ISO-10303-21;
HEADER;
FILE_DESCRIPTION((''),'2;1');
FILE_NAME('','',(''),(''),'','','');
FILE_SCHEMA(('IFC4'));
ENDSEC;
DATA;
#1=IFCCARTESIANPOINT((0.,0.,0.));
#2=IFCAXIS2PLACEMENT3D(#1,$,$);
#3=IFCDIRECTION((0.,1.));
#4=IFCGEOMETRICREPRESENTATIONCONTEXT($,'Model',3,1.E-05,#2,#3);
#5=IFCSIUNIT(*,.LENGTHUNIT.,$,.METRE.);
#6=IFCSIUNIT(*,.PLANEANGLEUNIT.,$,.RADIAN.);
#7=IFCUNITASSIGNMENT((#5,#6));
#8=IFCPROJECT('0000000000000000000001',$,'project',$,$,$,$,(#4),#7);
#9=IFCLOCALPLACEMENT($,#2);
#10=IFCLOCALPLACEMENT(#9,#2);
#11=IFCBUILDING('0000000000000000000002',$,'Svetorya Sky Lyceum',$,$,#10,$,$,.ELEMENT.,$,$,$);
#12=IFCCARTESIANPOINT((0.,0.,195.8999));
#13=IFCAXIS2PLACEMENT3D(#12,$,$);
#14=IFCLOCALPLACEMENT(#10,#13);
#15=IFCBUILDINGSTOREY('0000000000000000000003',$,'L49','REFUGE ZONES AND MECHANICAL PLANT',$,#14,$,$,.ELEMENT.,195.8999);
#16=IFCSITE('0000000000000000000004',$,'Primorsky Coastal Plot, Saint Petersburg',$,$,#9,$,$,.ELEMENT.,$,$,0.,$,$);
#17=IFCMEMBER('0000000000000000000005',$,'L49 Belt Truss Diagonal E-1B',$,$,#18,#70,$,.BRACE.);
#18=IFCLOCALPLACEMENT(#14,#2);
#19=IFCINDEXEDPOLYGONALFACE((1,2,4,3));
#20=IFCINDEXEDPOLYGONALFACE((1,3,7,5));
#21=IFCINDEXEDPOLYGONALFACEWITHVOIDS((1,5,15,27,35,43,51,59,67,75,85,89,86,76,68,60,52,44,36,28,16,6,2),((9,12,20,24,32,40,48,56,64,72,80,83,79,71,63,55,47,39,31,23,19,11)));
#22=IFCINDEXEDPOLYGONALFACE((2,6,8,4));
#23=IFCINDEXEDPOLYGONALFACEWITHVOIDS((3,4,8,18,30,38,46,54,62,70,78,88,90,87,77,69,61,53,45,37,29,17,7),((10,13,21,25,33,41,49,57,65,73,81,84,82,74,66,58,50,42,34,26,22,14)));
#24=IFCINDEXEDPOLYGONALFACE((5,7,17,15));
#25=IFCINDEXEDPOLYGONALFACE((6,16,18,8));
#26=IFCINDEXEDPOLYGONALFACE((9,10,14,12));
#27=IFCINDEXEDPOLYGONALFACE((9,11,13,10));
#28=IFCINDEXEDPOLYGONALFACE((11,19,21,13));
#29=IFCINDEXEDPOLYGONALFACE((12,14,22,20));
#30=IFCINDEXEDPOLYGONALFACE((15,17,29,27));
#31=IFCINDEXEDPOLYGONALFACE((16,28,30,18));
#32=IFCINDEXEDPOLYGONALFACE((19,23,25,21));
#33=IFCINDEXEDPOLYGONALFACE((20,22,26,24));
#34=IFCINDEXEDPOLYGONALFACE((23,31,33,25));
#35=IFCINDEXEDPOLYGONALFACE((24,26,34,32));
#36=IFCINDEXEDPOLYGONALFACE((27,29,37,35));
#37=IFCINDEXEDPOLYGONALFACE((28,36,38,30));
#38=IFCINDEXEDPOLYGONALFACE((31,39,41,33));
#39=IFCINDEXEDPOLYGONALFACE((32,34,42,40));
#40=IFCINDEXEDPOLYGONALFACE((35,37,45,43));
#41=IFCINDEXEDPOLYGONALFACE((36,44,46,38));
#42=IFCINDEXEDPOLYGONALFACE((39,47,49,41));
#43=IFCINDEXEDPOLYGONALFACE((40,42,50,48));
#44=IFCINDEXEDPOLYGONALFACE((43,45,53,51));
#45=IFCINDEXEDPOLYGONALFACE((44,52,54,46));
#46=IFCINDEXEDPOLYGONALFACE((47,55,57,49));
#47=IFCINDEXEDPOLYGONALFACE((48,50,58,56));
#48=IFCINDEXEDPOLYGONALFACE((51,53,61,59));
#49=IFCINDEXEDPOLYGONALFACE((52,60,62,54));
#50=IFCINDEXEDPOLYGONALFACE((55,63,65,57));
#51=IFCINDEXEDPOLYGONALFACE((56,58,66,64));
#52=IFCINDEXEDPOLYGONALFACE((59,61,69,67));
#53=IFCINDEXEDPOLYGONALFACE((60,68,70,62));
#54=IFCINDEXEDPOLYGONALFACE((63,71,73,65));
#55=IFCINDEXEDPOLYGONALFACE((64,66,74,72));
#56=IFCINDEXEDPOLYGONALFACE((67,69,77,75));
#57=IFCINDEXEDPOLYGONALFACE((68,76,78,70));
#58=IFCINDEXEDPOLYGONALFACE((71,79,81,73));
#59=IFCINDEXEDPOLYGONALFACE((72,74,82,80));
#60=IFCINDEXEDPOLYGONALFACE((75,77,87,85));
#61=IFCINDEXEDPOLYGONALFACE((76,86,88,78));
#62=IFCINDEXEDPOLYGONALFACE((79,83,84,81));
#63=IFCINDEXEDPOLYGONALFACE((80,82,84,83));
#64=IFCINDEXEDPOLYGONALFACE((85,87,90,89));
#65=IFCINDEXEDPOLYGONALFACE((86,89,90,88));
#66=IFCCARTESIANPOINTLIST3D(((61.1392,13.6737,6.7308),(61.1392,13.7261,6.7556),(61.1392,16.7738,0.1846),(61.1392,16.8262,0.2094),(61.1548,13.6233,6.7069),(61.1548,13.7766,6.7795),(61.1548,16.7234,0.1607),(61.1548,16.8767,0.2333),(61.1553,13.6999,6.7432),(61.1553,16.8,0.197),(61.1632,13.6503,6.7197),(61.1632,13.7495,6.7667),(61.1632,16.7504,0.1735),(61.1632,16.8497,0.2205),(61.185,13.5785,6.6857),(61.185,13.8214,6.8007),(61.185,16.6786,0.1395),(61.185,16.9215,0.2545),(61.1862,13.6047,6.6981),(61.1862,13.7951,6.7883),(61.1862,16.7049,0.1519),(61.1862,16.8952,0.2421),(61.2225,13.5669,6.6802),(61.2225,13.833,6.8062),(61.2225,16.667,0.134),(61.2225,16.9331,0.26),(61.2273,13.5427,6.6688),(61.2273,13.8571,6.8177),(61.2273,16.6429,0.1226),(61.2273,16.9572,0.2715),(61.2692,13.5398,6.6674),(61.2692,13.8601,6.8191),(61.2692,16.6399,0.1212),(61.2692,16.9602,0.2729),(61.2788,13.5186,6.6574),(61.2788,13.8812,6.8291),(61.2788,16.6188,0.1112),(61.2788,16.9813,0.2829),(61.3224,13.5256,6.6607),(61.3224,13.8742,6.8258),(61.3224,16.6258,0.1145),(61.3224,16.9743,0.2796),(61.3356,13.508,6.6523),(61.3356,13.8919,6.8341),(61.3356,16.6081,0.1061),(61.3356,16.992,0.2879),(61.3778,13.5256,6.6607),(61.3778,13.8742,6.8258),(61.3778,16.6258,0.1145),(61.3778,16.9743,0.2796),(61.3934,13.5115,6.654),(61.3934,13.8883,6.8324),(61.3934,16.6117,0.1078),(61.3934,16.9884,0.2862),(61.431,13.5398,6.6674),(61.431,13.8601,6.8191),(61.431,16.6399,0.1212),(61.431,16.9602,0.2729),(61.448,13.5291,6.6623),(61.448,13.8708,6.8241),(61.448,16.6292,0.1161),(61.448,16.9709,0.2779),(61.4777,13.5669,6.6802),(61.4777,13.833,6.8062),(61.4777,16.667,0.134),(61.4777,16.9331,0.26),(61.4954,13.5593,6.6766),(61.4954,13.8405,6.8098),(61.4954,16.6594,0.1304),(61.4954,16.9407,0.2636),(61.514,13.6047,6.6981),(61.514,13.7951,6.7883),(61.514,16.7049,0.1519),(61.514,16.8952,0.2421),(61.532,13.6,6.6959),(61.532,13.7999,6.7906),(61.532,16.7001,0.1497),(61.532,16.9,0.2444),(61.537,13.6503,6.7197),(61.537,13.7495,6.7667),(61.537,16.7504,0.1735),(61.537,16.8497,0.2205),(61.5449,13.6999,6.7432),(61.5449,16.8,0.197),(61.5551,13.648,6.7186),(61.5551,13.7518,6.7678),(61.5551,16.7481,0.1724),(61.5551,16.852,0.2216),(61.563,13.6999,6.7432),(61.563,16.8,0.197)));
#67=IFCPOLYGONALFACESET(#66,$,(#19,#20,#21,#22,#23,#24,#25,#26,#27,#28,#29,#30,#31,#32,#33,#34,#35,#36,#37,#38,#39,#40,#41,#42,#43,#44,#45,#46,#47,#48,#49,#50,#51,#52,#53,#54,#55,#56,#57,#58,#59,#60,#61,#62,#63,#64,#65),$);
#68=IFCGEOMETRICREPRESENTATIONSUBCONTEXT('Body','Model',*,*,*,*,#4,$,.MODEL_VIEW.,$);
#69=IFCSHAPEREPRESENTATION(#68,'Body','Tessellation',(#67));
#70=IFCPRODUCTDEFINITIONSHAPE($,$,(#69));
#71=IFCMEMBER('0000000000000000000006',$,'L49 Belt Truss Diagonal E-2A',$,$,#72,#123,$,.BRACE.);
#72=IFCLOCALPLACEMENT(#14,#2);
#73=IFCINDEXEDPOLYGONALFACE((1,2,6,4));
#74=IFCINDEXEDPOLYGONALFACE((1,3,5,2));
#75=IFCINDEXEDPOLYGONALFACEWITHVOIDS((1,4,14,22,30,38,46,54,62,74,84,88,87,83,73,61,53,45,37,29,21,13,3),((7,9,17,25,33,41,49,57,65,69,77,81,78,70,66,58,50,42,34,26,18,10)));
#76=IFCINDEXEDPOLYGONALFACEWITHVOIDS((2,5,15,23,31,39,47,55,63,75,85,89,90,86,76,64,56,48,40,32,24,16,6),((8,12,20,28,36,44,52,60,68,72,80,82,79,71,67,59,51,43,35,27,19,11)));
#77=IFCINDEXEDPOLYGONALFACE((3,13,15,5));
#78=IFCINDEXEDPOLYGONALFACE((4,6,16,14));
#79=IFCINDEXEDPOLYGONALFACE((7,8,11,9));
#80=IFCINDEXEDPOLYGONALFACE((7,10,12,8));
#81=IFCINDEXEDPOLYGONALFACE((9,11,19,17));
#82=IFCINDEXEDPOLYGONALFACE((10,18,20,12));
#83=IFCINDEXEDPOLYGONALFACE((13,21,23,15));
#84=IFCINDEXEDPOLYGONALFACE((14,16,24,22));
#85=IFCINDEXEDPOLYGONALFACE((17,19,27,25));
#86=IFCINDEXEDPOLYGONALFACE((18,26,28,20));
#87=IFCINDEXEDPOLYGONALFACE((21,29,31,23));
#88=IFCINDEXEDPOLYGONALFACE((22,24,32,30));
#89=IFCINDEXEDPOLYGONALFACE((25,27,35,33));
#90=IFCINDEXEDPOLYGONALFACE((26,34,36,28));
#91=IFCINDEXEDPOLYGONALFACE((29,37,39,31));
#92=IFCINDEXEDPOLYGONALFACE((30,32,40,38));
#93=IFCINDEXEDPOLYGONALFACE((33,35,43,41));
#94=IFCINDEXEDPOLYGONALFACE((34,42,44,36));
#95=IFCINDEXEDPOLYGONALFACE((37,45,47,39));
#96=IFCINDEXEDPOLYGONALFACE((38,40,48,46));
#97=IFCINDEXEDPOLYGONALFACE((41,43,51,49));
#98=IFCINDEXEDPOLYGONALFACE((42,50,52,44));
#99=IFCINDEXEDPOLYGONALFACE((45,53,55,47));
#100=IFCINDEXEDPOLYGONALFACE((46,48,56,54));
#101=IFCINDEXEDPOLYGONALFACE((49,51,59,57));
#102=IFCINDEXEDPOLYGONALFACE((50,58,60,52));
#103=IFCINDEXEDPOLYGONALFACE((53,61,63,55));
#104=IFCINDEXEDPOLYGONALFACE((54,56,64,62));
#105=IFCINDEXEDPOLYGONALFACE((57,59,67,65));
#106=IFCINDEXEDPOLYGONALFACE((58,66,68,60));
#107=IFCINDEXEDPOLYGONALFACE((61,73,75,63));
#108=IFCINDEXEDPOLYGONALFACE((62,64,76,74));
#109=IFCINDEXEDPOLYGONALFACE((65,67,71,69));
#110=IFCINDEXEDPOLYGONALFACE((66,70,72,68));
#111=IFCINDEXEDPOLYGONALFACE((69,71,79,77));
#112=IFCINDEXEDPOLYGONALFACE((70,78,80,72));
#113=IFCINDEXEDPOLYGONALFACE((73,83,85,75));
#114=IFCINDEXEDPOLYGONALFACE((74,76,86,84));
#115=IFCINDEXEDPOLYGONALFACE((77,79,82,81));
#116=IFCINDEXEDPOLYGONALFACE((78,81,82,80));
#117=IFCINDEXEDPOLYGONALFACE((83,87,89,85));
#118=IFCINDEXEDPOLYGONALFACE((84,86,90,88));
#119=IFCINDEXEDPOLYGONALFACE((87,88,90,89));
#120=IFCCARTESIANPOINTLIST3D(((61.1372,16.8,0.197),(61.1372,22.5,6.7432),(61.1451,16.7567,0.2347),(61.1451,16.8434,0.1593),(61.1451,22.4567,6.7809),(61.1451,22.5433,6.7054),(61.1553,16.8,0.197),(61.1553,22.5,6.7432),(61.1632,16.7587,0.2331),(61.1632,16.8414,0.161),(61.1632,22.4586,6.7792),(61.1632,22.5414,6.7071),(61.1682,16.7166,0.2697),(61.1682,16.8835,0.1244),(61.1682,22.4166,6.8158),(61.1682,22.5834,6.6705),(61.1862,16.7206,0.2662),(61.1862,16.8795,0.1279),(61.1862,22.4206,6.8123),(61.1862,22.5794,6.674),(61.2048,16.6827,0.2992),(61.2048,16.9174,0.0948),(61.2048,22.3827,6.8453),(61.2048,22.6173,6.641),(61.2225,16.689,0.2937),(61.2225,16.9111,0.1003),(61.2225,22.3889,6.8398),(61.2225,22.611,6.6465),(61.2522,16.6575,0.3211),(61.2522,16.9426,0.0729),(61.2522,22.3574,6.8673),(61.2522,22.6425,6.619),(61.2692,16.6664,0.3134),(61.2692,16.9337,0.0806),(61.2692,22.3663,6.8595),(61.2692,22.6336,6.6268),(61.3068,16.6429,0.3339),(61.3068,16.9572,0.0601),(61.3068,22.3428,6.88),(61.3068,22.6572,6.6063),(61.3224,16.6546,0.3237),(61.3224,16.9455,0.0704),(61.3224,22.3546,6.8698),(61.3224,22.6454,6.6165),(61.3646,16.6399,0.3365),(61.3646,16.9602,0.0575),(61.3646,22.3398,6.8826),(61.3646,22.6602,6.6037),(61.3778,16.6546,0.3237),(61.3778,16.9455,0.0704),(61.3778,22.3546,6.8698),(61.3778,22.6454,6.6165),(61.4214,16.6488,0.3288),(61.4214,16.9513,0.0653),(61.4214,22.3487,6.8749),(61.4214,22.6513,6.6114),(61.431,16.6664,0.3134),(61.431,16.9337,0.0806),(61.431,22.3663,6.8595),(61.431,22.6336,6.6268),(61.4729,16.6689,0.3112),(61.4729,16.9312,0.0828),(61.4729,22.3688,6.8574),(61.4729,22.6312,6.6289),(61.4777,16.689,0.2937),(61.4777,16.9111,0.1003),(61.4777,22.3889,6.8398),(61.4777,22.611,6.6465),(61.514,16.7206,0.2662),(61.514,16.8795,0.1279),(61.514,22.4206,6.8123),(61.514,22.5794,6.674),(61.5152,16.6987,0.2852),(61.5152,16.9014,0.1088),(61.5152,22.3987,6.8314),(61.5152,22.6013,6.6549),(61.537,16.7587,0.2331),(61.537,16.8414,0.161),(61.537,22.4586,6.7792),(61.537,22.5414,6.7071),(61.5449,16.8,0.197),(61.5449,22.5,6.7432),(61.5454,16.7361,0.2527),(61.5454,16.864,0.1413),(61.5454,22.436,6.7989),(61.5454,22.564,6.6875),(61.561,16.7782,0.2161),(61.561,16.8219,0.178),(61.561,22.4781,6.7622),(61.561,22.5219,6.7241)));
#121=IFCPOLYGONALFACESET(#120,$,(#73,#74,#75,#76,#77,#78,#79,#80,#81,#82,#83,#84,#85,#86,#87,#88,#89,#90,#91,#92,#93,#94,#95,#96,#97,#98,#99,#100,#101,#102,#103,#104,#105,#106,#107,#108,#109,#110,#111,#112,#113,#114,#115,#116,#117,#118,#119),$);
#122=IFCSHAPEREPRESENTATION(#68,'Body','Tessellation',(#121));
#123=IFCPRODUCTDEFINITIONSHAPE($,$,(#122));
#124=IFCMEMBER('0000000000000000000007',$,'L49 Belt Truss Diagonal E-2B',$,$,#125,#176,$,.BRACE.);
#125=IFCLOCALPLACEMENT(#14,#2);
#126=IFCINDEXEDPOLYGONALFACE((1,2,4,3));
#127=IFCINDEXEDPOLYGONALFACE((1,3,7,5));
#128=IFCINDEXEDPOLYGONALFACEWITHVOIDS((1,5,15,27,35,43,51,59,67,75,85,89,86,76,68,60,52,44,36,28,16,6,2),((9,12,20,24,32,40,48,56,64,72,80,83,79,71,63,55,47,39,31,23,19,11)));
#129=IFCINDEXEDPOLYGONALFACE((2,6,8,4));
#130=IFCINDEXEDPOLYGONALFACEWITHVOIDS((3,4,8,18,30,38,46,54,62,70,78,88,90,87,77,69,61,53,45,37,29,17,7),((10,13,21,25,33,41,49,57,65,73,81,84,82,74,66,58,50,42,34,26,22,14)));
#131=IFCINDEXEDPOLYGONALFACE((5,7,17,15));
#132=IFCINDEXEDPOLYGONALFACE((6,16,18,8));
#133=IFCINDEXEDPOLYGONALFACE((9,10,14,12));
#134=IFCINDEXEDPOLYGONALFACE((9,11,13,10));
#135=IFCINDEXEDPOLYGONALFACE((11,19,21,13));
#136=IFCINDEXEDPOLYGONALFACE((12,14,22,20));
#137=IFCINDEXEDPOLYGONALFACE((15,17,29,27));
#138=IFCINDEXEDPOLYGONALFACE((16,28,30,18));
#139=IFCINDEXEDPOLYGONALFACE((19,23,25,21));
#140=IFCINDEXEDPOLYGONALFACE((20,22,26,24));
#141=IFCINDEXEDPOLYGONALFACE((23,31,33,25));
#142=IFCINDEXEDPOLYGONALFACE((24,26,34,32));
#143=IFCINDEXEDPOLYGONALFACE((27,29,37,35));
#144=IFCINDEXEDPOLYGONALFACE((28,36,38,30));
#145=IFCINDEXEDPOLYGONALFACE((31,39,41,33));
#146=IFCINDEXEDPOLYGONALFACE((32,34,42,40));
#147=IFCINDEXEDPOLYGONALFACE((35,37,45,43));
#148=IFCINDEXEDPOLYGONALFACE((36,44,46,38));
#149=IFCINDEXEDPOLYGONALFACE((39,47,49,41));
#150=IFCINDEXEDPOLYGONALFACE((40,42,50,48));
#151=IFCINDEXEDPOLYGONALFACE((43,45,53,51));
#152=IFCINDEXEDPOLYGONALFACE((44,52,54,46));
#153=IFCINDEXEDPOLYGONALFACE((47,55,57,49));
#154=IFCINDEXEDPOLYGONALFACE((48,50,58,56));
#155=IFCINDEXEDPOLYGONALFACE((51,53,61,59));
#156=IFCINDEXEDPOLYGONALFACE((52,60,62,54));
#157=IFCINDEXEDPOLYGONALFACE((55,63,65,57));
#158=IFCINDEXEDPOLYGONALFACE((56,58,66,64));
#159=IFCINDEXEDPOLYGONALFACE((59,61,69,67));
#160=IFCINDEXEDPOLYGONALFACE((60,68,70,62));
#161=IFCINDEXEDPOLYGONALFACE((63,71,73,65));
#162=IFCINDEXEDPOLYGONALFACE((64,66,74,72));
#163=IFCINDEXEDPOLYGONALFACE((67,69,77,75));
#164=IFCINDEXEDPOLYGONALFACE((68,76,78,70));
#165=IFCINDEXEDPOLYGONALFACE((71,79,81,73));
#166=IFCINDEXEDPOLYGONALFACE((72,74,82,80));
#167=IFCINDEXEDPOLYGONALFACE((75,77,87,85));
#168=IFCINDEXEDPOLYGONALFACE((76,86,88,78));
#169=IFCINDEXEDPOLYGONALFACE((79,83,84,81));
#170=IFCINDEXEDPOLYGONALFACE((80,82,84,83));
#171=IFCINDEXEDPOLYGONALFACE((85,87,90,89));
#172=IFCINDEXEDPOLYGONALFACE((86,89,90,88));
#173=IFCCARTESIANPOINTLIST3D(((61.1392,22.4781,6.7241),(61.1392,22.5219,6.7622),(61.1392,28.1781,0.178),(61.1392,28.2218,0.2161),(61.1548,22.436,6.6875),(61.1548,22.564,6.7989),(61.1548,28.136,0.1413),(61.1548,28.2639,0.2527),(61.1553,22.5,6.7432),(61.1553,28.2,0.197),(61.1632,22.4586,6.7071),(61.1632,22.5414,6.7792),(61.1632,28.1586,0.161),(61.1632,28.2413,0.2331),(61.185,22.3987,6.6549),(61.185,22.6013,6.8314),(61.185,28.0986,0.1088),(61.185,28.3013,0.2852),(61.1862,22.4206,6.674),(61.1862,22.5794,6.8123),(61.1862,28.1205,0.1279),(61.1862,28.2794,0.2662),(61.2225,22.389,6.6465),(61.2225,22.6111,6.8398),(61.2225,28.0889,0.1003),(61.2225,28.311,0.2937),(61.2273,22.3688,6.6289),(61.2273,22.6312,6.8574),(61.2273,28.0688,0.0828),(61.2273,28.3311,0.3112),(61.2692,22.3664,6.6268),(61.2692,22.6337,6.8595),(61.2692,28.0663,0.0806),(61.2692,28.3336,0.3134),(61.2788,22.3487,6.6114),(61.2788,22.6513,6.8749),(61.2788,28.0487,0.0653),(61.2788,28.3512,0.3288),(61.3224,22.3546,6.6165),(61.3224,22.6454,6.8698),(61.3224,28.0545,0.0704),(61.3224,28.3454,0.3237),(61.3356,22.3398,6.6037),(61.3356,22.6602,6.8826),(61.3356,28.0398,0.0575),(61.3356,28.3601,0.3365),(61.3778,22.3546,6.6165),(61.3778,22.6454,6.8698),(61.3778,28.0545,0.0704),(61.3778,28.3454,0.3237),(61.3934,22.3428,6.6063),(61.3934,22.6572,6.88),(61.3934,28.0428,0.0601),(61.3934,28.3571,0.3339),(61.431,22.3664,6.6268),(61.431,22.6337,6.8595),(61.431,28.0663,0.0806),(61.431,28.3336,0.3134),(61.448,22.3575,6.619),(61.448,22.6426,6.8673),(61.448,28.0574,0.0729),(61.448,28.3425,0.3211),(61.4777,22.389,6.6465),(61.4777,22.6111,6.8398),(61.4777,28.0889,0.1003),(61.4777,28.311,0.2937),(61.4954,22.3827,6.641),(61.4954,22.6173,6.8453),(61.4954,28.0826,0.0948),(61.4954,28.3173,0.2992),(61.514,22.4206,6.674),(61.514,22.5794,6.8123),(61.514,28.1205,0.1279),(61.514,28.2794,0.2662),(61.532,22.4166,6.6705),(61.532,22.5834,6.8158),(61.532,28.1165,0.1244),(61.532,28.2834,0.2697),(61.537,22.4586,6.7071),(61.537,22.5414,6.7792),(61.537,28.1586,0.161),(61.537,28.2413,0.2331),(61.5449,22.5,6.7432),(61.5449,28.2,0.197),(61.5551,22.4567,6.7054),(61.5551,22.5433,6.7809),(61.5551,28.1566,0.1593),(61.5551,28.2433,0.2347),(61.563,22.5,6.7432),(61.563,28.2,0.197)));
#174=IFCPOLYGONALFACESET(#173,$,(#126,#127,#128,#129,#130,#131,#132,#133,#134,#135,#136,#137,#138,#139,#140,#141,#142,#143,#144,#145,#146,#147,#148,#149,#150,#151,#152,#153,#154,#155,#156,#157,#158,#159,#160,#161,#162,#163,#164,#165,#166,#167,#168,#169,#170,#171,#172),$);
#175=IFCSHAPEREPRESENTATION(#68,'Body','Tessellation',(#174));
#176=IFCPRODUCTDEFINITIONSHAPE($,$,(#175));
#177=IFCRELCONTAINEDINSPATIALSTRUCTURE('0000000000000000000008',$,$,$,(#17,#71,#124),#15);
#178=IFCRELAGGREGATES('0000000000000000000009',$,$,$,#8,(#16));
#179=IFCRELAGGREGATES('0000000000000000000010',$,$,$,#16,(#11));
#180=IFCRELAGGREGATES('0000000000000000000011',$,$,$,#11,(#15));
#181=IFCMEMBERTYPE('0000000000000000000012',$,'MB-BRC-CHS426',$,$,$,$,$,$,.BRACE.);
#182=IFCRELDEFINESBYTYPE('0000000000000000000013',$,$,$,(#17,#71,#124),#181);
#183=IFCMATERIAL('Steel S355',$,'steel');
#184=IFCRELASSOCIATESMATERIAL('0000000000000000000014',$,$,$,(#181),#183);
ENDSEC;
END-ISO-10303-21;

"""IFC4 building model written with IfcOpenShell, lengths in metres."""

from ifc_helpers import new_model, si_unit, direction, frame, origin, origin_2d, place, context, subcontext, project, spatial, hollow_circle, extrude, material, material_profile, profile_set, type_object, element, save


model = new_model("IFC4")

# Units and contexts
model_context = context("Model", 3, precision=1e-05, world=origin(), true_north=direction((0.0, 1.0)))
body_context = subcontext(model_context, "Body", "Model", "MODEL_VIEW")
ifc_project = project(units=[si_unit("LENGTHUNIT", "METRE"), si_unit("PLANEANGLEUNIT", "RADIAN")], contexts=[model_context])

# Site, building, storey
site_placement = place(None, origin())
site = spatial("IfcSite", under=ifc_project, at=site_placement, Name="Primorsky Coastal Plot, Saint Petersburg", CompositionType="ELEMENT", RefElevation=0.0)
building_placement = place(site_placement, origin())
building = spatial("IfcBuilding", under=site, at=building_placement, Name="Svetorya Sky Lyceum", CompositionType="ELEMENT")
storey_placement = place(building_placement, frame((0.0, 0.0, 195.8999)))
storey = spatial("IfcBuildingStorey", under=building, at=storey_placement, Name="L49", Description="REFUGE ZONES AND MECHANICAL PLANT", CompositionType="ELEMENT", Elevation=195.8999)

# Shared definitions
ifc_material_1 = material(Name="Steel S355", Category="steel")

# Members
ifc_material_profile_1 = material_profile(ifc_material_1, hollow_circle(Radius=0.2129, WallThickness=0.0181, at=origin_2d()), Name="CHS 426x18")
ifc_profile_set_1 = profile_set([ifc_material_profile_1], Name="Steel S355")
member_type_1 = type_object("IfcMemberType", Name="MB-BRC-CHS426", PredefinedType="BRACE", material=ifc_profile_set_1)
member_1_placement = place(storey_placement, frame((61.3501, 16.8, 0.197), z_axis=(0.0, -0.428007, 0.903776), x_axis=(1.0, 0.0, 0.0)))
element("IfcMember", 1, at=member_1_placement, inside=storey, type_object=member_type_1, Name="L49 Belt Truss Diagonal E-1B", PredefinedType="BRACE", context=body_context, shape_type="SweptSolid", body=[
    extrude(hollow_circle(Radius=0.2129, WallThickness=0.0181, at=origin_2d()), origin(), (0.0, 0.0, 1.0), 7.2432),
])
for number, where, z_axis, x_axis, name in (
    (2, (61.3501, 16.8, 0.197), (0.0, 0.656681, 0.754169), (-1.0, 0.0, 0.0), "L49 Belt Truss Diagonal E-2A"),
    (3, (61.3501, 28.2, 0.197), (0.0, -0.656681, 0.754169), (1.0, 0.0, 0.0), "L49 Belt Truss Diagonal E-2B"),
):
    element("IfcMember", number, at=place(storey_placement, frame(where, z_axis=z_axis, x_axis=x_axis)), inside=storey, type_object=member_type_1, Name=name, PredefinedType="BRACE", context=body_context, shape_type="SweptSolid", body=[
        extrude(hollow_circle(Radius=0.2129, WallThickness=0.0181, at=origin_2d()), origin(), (0.0, 0.0, 1.0), 8.6799),
    ])

save(model, "model.ifc")
